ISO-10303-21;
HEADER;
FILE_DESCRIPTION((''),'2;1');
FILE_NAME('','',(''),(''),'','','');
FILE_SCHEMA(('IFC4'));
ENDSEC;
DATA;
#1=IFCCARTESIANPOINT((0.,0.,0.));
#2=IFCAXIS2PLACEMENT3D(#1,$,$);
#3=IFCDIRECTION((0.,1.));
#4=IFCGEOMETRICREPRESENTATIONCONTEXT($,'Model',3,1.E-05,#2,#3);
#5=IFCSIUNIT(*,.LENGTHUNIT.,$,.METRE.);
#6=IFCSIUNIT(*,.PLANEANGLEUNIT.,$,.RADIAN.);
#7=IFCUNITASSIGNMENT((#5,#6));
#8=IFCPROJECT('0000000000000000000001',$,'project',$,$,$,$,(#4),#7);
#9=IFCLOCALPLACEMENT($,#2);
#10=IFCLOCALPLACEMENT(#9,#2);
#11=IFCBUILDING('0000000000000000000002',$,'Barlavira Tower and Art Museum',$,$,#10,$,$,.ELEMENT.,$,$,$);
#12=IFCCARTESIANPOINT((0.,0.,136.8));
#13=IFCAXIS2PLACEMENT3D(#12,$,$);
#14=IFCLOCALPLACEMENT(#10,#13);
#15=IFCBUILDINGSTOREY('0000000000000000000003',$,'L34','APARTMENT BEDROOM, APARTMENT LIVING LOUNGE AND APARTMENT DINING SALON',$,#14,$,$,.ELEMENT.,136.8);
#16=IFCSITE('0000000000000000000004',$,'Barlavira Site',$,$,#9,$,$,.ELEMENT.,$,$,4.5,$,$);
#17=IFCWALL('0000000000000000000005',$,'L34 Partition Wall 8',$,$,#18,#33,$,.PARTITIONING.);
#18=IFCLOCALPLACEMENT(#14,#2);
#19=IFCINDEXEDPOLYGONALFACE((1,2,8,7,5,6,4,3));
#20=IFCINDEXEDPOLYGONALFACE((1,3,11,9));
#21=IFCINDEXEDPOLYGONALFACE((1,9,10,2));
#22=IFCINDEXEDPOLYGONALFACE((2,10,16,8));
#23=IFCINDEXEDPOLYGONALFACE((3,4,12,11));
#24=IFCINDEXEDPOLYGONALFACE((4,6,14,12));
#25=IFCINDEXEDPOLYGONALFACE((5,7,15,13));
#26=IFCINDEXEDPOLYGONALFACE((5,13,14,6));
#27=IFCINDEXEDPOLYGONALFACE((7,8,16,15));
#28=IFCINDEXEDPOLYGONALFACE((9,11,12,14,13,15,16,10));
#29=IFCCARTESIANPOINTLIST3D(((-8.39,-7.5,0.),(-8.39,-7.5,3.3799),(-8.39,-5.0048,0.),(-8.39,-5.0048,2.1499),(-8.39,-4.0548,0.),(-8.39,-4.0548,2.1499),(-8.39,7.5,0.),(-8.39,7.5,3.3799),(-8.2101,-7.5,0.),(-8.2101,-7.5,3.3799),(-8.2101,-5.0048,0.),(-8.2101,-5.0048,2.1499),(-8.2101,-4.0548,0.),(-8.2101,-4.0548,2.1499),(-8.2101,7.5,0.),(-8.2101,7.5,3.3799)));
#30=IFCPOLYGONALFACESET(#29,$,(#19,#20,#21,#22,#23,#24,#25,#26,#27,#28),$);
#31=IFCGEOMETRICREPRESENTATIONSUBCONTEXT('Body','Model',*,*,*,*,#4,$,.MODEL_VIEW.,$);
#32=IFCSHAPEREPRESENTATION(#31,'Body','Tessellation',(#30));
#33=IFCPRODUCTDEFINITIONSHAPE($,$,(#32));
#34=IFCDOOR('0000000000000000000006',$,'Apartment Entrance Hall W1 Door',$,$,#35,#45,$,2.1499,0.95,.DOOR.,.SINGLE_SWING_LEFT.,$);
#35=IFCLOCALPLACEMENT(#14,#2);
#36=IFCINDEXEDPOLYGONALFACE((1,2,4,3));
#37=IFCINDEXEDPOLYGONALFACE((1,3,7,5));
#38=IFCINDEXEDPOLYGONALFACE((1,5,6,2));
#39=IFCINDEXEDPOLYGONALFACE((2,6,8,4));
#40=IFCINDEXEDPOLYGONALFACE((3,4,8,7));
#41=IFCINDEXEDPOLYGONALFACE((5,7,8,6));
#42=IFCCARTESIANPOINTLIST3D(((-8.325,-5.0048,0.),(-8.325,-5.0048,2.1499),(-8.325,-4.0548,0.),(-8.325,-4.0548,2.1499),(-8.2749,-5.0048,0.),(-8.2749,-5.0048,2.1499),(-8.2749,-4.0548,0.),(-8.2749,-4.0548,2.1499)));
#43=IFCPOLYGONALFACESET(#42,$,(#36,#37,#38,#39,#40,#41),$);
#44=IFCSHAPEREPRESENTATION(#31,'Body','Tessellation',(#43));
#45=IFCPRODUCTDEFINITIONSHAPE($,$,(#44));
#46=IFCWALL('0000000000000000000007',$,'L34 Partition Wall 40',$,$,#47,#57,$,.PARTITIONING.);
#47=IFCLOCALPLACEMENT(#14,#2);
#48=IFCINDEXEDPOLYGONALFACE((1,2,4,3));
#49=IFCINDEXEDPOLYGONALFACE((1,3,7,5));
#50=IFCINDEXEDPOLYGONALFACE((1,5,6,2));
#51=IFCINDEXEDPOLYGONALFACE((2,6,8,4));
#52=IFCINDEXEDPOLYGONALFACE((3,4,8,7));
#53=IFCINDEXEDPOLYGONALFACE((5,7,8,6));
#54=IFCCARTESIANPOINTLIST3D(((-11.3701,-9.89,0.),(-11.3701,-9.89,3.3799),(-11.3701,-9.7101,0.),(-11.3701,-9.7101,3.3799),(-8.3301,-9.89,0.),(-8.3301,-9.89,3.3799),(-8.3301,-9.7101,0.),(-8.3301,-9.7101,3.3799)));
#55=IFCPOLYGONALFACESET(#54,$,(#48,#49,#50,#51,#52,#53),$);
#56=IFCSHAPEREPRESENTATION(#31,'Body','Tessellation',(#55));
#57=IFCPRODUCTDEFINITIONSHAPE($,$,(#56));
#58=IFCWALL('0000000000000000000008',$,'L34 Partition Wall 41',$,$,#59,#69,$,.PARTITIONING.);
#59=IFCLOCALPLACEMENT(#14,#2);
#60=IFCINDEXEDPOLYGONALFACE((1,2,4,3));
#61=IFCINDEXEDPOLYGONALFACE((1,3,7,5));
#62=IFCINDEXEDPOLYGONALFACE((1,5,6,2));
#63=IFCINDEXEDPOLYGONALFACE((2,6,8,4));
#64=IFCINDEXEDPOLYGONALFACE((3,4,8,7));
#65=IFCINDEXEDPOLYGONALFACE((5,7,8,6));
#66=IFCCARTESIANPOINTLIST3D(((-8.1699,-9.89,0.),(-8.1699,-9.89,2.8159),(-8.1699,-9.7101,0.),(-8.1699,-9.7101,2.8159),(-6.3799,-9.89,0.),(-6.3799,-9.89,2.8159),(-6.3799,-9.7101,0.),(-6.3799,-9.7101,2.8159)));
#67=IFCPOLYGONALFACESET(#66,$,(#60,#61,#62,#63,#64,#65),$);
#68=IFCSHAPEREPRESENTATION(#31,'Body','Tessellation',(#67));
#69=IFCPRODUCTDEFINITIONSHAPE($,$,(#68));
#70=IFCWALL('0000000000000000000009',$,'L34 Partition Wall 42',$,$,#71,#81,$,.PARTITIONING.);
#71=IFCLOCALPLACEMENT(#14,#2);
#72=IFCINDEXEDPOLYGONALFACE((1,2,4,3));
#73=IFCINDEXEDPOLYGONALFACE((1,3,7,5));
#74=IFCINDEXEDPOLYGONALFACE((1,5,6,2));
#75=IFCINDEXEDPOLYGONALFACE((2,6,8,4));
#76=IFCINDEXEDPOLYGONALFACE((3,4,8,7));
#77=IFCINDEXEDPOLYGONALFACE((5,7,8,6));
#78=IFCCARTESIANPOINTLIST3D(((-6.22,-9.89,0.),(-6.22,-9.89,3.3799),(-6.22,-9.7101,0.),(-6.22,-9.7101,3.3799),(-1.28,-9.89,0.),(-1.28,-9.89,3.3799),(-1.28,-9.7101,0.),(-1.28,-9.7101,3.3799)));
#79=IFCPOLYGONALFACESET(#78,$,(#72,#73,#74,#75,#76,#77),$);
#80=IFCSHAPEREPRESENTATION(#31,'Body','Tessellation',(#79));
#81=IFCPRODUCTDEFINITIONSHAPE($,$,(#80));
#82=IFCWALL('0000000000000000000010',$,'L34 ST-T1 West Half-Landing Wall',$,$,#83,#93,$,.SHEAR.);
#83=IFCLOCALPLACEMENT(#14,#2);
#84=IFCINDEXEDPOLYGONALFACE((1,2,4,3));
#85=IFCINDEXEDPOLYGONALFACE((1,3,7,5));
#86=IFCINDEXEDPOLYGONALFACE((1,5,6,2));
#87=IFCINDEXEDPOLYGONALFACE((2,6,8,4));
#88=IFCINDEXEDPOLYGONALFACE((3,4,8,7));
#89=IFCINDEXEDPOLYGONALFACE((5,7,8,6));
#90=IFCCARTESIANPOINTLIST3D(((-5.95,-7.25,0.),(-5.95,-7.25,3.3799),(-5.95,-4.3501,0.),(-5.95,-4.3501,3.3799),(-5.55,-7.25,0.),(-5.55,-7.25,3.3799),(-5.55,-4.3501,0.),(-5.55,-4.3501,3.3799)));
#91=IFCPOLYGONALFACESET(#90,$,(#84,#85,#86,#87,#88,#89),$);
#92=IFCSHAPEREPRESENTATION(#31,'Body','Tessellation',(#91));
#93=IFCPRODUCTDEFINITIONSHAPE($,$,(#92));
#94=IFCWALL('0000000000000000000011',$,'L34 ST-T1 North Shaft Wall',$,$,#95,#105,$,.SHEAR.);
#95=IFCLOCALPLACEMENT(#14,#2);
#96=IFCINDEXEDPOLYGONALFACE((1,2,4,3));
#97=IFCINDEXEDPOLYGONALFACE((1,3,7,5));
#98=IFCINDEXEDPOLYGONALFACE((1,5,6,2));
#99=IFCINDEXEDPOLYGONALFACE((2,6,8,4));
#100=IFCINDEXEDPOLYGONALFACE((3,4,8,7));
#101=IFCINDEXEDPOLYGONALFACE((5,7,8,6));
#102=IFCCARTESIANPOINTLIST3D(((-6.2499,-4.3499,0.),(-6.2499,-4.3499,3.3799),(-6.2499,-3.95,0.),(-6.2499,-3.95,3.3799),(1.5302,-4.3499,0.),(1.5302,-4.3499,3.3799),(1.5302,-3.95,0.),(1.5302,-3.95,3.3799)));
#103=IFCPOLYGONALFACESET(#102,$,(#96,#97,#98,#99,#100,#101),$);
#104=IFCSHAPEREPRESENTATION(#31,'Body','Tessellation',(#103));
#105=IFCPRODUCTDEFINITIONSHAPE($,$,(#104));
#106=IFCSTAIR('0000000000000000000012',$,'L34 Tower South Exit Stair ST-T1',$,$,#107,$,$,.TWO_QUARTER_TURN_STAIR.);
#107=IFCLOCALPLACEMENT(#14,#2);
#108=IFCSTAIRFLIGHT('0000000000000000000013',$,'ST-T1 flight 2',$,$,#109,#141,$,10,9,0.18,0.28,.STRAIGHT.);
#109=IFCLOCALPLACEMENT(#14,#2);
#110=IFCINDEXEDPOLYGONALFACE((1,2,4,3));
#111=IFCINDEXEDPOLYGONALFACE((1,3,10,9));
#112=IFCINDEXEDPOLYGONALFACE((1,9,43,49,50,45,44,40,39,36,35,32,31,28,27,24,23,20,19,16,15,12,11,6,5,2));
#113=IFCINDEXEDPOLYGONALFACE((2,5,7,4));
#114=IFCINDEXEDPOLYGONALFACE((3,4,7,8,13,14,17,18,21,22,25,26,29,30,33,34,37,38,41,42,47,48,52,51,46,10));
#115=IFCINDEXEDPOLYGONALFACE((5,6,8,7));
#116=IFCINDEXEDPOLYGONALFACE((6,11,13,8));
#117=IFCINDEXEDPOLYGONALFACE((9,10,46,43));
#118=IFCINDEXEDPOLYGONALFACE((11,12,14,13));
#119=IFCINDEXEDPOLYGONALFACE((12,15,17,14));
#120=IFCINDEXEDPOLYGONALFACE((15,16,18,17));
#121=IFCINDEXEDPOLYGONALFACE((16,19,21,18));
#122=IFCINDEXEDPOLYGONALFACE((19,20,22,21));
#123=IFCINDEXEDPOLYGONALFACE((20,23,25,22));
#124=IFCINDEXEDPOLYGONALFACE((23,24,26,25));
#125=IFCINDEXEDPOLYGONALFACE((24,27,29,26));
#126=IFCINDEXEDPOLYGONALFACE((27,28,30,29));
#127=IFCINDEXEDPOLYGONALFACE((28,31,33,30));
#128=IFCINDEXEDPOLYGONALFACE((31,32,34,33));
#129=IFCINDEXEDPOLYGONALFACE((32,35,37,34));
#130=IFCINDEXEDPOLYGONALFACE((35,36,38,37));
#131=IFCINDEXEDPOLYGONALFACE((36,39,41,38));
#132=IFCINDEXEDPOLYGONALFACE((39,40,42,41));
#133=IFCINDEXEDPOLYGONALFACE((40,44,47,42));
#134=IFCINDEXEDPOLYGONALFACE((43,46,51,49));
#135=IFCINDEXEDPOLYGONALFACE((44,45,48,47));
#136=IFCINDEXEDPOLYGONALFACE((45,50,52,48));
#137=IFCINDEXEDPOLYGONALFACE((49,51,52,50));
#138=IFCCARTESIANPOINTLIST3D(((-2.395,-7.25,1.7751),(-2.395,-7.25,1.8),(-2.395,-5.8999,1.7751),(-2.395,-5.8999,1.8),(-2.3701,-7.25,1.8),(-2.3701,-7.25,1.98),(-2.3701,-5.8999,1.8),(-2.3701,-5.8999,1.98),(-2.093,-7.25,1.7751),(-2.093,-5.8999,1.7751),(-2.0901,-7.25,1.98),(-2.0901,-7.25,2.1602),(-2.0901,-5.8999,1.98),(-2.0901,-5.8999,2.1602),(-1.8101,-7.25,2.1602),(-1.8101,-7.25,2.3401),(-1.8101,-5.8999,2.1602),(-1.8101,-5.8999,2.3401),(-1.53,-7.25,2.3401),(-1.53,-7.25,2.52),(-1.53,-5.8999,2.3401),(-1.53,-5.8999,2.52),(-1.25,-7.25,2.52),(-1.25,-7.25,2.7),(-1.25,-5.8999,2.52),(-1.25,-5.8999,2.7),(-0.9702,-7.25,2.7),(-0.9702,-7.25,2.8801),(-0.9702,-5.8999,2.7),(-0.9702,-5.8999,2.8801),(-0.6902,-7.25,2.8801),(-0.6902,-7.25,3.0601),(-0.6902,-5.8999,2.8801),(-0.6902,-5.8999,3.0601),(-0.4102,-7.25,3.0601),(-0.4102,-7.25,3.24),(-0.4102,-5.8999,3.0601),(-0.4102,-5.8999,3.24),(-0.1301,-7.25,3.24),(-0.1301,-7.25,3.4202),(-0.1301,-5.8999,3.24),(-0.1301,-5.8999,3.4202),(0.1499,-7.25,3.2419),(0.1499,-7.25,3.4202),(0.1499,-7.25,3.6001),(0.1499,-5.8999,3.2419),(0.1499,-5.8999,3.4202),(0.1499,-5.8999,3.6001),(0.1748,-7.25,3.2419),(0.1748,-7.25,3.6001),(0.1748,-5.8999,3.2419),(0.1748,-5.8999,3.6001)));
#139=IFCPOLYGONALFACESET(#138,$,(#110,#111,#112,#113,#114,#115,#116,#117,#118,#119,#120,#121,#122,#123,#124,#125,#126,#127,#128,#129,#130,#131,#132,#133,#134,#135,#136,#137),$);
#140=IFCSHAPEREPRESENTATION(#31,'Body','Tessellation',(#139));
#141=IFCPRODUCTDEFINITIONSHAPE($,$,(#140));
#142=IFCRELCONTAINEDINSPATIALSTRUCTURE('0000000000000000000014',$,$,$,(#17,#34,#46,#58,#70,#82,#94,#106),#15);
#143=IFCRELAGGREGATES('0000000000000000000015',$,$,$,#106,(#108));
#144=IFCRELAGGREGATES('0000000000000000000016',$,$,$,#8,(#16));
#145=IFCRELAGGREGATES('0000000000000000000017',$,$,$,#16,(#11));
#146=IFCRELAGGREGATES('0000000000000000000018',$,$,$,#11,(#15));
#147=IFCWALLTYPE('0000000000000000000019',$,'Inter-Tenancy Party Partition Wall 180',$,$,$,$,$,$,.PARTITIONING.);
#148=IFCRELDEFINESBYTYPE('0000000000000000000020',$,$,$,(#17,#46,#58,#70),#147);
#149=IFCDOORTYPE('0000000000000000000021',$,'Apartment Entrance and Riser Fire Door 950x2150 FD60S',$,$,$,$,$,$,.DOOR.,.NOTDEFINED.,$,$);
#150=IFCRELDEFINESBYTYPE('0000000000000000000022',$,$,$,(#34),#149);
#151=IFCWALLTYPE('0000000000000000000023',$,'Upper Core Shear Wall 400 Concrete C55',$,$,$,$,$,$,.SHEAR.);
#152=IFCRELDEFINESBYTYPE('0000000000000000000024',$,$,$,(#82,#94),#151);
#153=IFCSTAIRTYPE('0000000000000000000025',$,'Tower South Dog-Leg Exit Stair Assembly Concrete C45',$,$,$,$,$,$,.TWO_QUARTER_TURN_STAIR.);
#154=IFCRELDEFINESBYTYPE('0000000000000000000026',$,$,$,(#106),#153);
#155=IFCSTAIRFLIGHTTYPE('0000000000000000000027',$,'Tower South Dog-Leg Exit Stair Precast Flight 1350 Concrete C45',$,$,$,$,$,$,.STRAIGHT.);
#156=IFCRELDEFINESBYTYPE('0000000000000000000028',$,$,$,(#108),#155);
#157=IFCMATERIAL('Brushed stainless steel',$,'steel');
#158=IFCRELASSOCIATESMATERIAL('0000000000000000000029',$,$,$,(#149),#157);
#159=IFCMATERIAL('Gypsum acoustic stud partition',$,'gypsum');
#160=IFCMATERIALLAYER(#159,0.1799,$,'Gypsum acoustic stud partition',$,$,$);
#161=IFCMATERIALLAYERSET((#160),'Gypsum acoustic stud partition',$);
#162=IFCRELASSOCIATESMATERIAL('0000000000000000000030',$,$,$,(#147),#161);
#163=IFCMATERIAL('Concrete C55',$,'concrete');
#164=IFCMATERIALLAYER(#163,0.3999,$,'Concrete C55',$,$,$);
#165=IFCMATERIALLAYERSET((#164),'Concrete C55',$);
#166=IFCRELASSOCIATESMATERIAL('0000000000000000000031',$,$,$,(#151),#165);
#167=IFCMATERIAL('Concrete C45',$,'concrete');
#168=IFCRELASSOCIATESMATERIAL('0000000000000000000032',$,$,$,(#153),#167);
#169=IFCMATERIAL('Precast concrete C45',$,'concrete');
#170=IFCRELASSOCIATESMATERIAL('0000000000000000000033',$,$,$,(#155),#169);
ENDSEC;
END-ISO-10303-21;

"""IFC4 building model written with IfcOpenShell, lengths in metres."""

from ifc_helpers import new_model, si_unit, direction, frame, frame_2d, origin, place, context, subcontext, project, spatial, polyline, rectangle, outline, extrude, material, layer, layer_set, type_object, element, fill, aggregate, save


model = new_model("IFC4")

# Units and contexts
model_context = context("Model", 3, precision=1e-05, world=origin(), true_north=direction((0.0, 1.0)))
body_context = subcontext(model_context, "Body", "Model", "MODEL_VIEW")
ifc_project = project(units=[si_unit("LENGTHUNIT", "METRE"), si_unit("PLANEANGLEUNIT", "RADIAN")], contexts=[model_context])

# Site, building, storey
site_placement = place(None, origin())
site = spatial("IfcSite", under=ifc_project, at=site_placement, Name="Barlavira Site", CompositionType="ELEMENT", RefElevation=4.5)
building_placement = place(site_placement, origin())
building = spatial("IfcBuilding", under=site, at=building_placement, Name="Barlavira Tower and Art Museum", CompositionType="ELEMENT")
storey_placement = place(building_placement, frame((0.0, 0.0, 136.8)))
storey = spatial("IfcBuildingStorey", under=building, at=storey_placement, Name="L34", Description="APARTMENT BEDROOM, APARTMENT LIVING LOUNGE AND APARTMENT DINING SALON", CompositionType="ELEMENT", Elevation=136.8)

# Shared definitions
ifc_material_1 = material(Name="Brushed stainless steel", Category="steel")
door_type = type_object("IfcDoorType", Name="Apartment Entrance and Riser Fire Door 950x2150 FD60S", OperationType="NOTDEFINED", PredefinedType="DOOR", material=ifc_material_1)

# Wall, opening, door
ifc_material_2 = material(Name="Gypsum acoustic stud partition", Category="gypsum")
ifc_layer_1 = layer(ifc_material_2, 0.1799, Name="Gypsum acoustic stud partition")
ifc_layer_set_1 = layer_set([ifc_layer_1], Name="Gypsum acoustic stud partition")
wall_type_1 = type_object("IfcWallType", Name="Inter-Tenancy Party Partition Wall 180", PredefinedType="PARTITIONING", material=ifc_layer_set_1)
wall_1_placement = place(storey_placement, frame((-8.3, -7.5, 0.0), z_axis=(0.0, 0.0, 1.0), x_axis=(0.0, 1.0, 0.0)))
wall_1 = element("IfcWall", 1, at=wall_1_placement, inside=storey, type_object=wall_type_1, Name="L34 Partition Wall 8", PredefinedType="PARTITIONING", context=body_context, shape_type="SweptSolid", body=[
    extrude(rectangle(XDim=15.0, YDim=0.1799, at=frame_2d((7.5, 0.0))), origin(), (0.0, 0.0, 1.0), 3.3799),
])
opening_1_placement = place(wall_1_placement, frame((2.4951, 0.0, 0.0)))
opening_1 = element("IfcOpeningElement", 2, at=opening_1_placement, cuts=wall_1, PredefinedType="OPENING", context=body_context, shape_type="SweptSolid", body=[
    extrude(rectangle(XDim=0.95, YDim=2.1499, at=frame_2d((0.4751, 1.075))), frame((0.0, 0.1001, 0.0), z_axis=(0.0, -1.0, 0.0), x_axis=(1.0, 0.0, 0.0)), (0.0, 0.0, 1.0), 0.2),
])
door_1_placement = place(opening_1_placement, origin())
door_1 = element("IfcDoor", 3, at=door_1_placement, inside=storey, type_object=door_type, Name="Apartment Entrance Hall W1 Door", OperationType="SINGLE_SWING_LEFT", OverallHeight=2.1499, OverallWidth=0.95, PredefinedType="DOOR", context=body_context, shape_type="SweptSolid", body=[
    extrude(rectangle(XDim=0.95, YDim=2.1499, at=frame_2d((0.4751, 1.075))), frame((0.0, 0.0249, 0.0), z_axis=(0.0, -1.0, 0.0), x_axis=(1.0, 0.0, 0.0)), (0.0, 0.0, 1.0), 0.05),
])
fill(opening_1, door_1)

# Walls
wall_2_placement = place(storey_placement, frame((-11.3701, -9.8, 0.0), z_axis=(0.0, 0.0, 1.0), x_axis=(1.0, 0.0, 0.0)))
element("IfcWall", 4, at=wall_2_placement, inside=storey, type_object=wall_type_1, Name="L34 Partition Wall 40", PredefinedType="PARTITIONING", context=body_context, shape_type="SweptSolid", body=[
    extrude(rectangle(XDim=3.04, YDim=0.1799, at=frame_2d((1.52, 0.0))), origin(), (0.0, 0.0, 1.0), 3.3799),
])
wall_3_placement = place(storey_placement, frame((-8.1699, -9.8, 0.0), z_axis=(0.0, 0.0, 1.0), x_axis=(1.0, 0.0, 0.0)))
element("IfcWall", 5, at=wall_3_placement, inside=storey, type_object=wall_type_1, Name="L34 Partition Wall 41", PredefinedType="PARTITIONING", context=body_context, shape_type="SweptSolid", body=[
    extrude(rectangle(XDim=1.79, YDim=0.1799, at=frame_2d((0.895, 0.0))), origin(), (0.0, 0.0, 1.0), 2.8159),
])
wall_4_placement = place(storey_placement, frame((-6.22, -9.8, 0.0), z_axis=(0.0, 0.0, 1.0), x_axis=(1.0, 0.0, 0.0)))
element("IfcWall", 6, at=wall_4_placement, inside=storey, type_object=wall_type_1, Name="L34 Partition Wall 42", PredefinedType="PARTITIONING", context=body_context, shape_type="SweptSolid", body=[
    extrude(rectangle(XDim=4.9399, YDim=0.1799, at=frame_2d((2.47, 0.0))), origin(), (0.0, 0.0, 1.0), 3.3799),
])
ifc_material_3 = material(Name="Concrete C55", Category="concrete")
ifc_layer_2 = layer(ifc_material_3, 0.3999, Name="Concrete C55")
ifc_layer_set_2 = layer_set([ifc_layer_2], Name="Concrete C55")
wall_type_2 = type_object("IfcWallType", Name="Upper Core Shear Wall 400 Concrete C55", PredefinedType="SHEAR", material=ifc_layer_set_2)
wall_5_placement = place(storey_placement, frame((-5.75, -7.25, 0.0), z_axis=(0.0, 0.0, 1.0), x_axis=(0.0, 1.0, 0.0)))
element("IfcWall", 7, at=wall_5_placement, inside=storey, type_object=wall_type_2, Name="L34 ST-T1 West Half-Landing Wall", PredefinedType="SHEAR", context=body_context, shape_type="SweptSolid", body=[
    extrude(rectangle(XDim=2.8999, YDim=0.3999, at=frame_2d((1.45, 0.0))), origin(), (0.0, 0.0, 1.0), 3.3799),
])
wall_6_placement = place(storey_placement, frame((-6.25, -4.1499, 0.0), z_axis=(0.0, 0.0, 1.0), x_axis=(1.0, 0.0, 0.0)))
element("IfcWall", 8, at=wall_6_placement, inside=storey, type_object=wall_type_2, Name="L34 ST-T1 North Shaft Wall", PredefinedType="SHEAR", context=body_context, shape_type="SweptSolid", body=[
    extrude(rectangle(XDim=7.78, YDim=0.3999, at=frame_2d((3.8901, 0.0))), origin(), (0.0, 0.0, 1.0), 3.3799),
])

# Stair, stair flight
ifc_material_4 = material(Name="Concrete C45", Category="concrete")
stair_type = type_object("IfcStairType", Name="Tower South Dog-Leg Exit Stair Assembly Concrete C45", PredefinedType="TWO_QUARTER_TURN_STAIR", material=ifc_material_4)
stair_placement = place(storey_placement, origin())
stair = element("IfcStair", 9, at=stair_placement, inside=storey, type_object=stair_type, Name="L34 Tower South Exit Stair ST-T1", PredefinedType="TWO_QUARTER_TURN_STAIR")
ifc_material_5 = material(Name="Precast concrete C45", Category="concrete")
stair_flight_type = type_object("IfcStairFlightType", Name="Tower South Dog-Leg Exit Stair Precast Flight 1350 Concrete C45", PredefinedType="STRAIGHT", material=ifc_material_5)
stair_flight_placement = place(storey_placement, frame((-2.3701, -6.575, 1.8), z_axis=(0.0, 0.0, 1.0), x_axis=(1.0, 0.0, 0.0)))
stair_flight = element("IfcStairFlight", 10, at=stair_flight_placement, type_object=stair_flight_type, Name="ST-T1 flight 2", NumberOfRisers=10, NumberOfTreads=9, PredefinedType="STRAIGHT", RiserHeight=0.18, TreadLength=0.28, context=body_context, shape_type="SweptSolid", body=[
    extrude(outline(polyline([(-0.0249, 0.0), (0.0, 0.0), (0.0, 0.1799), (0.28, 0.1799), (0.28, 0.3601), (0.5601, 0.3601), (0.5601, 0.54), (0.8401, 0.54), (0.8401, 0.72), (1.1201, 0.72), (1.1201, 0.8999), (1.3999, 0.8999), (1.3999, 1.0801), (1.6799, 1.0801), (1.6799, 1.26), (1.96, 1.26), (1.96, 1.4399), (2.24, 1.4399), (2.24, 1.6201), (2.52, 1.6201), (2.52, 1.8), (2.5449, 1.8), (2.5449, 1.4419), (2.52, 1.4419), (0.2771, -0.0249), (-0.0249, -0.0249), (-0.0249, 0.0)])), frame((0.0, 0.675, 0.0), z_axis=(0.0, -1.0, 0.0), x_axis=(1.0, 0.0, 0.0)), (0.0, 0.0, 1.0), 1.3501),
])
aggregate(stair, [stair_flight])

save(model, "model.ifc")
